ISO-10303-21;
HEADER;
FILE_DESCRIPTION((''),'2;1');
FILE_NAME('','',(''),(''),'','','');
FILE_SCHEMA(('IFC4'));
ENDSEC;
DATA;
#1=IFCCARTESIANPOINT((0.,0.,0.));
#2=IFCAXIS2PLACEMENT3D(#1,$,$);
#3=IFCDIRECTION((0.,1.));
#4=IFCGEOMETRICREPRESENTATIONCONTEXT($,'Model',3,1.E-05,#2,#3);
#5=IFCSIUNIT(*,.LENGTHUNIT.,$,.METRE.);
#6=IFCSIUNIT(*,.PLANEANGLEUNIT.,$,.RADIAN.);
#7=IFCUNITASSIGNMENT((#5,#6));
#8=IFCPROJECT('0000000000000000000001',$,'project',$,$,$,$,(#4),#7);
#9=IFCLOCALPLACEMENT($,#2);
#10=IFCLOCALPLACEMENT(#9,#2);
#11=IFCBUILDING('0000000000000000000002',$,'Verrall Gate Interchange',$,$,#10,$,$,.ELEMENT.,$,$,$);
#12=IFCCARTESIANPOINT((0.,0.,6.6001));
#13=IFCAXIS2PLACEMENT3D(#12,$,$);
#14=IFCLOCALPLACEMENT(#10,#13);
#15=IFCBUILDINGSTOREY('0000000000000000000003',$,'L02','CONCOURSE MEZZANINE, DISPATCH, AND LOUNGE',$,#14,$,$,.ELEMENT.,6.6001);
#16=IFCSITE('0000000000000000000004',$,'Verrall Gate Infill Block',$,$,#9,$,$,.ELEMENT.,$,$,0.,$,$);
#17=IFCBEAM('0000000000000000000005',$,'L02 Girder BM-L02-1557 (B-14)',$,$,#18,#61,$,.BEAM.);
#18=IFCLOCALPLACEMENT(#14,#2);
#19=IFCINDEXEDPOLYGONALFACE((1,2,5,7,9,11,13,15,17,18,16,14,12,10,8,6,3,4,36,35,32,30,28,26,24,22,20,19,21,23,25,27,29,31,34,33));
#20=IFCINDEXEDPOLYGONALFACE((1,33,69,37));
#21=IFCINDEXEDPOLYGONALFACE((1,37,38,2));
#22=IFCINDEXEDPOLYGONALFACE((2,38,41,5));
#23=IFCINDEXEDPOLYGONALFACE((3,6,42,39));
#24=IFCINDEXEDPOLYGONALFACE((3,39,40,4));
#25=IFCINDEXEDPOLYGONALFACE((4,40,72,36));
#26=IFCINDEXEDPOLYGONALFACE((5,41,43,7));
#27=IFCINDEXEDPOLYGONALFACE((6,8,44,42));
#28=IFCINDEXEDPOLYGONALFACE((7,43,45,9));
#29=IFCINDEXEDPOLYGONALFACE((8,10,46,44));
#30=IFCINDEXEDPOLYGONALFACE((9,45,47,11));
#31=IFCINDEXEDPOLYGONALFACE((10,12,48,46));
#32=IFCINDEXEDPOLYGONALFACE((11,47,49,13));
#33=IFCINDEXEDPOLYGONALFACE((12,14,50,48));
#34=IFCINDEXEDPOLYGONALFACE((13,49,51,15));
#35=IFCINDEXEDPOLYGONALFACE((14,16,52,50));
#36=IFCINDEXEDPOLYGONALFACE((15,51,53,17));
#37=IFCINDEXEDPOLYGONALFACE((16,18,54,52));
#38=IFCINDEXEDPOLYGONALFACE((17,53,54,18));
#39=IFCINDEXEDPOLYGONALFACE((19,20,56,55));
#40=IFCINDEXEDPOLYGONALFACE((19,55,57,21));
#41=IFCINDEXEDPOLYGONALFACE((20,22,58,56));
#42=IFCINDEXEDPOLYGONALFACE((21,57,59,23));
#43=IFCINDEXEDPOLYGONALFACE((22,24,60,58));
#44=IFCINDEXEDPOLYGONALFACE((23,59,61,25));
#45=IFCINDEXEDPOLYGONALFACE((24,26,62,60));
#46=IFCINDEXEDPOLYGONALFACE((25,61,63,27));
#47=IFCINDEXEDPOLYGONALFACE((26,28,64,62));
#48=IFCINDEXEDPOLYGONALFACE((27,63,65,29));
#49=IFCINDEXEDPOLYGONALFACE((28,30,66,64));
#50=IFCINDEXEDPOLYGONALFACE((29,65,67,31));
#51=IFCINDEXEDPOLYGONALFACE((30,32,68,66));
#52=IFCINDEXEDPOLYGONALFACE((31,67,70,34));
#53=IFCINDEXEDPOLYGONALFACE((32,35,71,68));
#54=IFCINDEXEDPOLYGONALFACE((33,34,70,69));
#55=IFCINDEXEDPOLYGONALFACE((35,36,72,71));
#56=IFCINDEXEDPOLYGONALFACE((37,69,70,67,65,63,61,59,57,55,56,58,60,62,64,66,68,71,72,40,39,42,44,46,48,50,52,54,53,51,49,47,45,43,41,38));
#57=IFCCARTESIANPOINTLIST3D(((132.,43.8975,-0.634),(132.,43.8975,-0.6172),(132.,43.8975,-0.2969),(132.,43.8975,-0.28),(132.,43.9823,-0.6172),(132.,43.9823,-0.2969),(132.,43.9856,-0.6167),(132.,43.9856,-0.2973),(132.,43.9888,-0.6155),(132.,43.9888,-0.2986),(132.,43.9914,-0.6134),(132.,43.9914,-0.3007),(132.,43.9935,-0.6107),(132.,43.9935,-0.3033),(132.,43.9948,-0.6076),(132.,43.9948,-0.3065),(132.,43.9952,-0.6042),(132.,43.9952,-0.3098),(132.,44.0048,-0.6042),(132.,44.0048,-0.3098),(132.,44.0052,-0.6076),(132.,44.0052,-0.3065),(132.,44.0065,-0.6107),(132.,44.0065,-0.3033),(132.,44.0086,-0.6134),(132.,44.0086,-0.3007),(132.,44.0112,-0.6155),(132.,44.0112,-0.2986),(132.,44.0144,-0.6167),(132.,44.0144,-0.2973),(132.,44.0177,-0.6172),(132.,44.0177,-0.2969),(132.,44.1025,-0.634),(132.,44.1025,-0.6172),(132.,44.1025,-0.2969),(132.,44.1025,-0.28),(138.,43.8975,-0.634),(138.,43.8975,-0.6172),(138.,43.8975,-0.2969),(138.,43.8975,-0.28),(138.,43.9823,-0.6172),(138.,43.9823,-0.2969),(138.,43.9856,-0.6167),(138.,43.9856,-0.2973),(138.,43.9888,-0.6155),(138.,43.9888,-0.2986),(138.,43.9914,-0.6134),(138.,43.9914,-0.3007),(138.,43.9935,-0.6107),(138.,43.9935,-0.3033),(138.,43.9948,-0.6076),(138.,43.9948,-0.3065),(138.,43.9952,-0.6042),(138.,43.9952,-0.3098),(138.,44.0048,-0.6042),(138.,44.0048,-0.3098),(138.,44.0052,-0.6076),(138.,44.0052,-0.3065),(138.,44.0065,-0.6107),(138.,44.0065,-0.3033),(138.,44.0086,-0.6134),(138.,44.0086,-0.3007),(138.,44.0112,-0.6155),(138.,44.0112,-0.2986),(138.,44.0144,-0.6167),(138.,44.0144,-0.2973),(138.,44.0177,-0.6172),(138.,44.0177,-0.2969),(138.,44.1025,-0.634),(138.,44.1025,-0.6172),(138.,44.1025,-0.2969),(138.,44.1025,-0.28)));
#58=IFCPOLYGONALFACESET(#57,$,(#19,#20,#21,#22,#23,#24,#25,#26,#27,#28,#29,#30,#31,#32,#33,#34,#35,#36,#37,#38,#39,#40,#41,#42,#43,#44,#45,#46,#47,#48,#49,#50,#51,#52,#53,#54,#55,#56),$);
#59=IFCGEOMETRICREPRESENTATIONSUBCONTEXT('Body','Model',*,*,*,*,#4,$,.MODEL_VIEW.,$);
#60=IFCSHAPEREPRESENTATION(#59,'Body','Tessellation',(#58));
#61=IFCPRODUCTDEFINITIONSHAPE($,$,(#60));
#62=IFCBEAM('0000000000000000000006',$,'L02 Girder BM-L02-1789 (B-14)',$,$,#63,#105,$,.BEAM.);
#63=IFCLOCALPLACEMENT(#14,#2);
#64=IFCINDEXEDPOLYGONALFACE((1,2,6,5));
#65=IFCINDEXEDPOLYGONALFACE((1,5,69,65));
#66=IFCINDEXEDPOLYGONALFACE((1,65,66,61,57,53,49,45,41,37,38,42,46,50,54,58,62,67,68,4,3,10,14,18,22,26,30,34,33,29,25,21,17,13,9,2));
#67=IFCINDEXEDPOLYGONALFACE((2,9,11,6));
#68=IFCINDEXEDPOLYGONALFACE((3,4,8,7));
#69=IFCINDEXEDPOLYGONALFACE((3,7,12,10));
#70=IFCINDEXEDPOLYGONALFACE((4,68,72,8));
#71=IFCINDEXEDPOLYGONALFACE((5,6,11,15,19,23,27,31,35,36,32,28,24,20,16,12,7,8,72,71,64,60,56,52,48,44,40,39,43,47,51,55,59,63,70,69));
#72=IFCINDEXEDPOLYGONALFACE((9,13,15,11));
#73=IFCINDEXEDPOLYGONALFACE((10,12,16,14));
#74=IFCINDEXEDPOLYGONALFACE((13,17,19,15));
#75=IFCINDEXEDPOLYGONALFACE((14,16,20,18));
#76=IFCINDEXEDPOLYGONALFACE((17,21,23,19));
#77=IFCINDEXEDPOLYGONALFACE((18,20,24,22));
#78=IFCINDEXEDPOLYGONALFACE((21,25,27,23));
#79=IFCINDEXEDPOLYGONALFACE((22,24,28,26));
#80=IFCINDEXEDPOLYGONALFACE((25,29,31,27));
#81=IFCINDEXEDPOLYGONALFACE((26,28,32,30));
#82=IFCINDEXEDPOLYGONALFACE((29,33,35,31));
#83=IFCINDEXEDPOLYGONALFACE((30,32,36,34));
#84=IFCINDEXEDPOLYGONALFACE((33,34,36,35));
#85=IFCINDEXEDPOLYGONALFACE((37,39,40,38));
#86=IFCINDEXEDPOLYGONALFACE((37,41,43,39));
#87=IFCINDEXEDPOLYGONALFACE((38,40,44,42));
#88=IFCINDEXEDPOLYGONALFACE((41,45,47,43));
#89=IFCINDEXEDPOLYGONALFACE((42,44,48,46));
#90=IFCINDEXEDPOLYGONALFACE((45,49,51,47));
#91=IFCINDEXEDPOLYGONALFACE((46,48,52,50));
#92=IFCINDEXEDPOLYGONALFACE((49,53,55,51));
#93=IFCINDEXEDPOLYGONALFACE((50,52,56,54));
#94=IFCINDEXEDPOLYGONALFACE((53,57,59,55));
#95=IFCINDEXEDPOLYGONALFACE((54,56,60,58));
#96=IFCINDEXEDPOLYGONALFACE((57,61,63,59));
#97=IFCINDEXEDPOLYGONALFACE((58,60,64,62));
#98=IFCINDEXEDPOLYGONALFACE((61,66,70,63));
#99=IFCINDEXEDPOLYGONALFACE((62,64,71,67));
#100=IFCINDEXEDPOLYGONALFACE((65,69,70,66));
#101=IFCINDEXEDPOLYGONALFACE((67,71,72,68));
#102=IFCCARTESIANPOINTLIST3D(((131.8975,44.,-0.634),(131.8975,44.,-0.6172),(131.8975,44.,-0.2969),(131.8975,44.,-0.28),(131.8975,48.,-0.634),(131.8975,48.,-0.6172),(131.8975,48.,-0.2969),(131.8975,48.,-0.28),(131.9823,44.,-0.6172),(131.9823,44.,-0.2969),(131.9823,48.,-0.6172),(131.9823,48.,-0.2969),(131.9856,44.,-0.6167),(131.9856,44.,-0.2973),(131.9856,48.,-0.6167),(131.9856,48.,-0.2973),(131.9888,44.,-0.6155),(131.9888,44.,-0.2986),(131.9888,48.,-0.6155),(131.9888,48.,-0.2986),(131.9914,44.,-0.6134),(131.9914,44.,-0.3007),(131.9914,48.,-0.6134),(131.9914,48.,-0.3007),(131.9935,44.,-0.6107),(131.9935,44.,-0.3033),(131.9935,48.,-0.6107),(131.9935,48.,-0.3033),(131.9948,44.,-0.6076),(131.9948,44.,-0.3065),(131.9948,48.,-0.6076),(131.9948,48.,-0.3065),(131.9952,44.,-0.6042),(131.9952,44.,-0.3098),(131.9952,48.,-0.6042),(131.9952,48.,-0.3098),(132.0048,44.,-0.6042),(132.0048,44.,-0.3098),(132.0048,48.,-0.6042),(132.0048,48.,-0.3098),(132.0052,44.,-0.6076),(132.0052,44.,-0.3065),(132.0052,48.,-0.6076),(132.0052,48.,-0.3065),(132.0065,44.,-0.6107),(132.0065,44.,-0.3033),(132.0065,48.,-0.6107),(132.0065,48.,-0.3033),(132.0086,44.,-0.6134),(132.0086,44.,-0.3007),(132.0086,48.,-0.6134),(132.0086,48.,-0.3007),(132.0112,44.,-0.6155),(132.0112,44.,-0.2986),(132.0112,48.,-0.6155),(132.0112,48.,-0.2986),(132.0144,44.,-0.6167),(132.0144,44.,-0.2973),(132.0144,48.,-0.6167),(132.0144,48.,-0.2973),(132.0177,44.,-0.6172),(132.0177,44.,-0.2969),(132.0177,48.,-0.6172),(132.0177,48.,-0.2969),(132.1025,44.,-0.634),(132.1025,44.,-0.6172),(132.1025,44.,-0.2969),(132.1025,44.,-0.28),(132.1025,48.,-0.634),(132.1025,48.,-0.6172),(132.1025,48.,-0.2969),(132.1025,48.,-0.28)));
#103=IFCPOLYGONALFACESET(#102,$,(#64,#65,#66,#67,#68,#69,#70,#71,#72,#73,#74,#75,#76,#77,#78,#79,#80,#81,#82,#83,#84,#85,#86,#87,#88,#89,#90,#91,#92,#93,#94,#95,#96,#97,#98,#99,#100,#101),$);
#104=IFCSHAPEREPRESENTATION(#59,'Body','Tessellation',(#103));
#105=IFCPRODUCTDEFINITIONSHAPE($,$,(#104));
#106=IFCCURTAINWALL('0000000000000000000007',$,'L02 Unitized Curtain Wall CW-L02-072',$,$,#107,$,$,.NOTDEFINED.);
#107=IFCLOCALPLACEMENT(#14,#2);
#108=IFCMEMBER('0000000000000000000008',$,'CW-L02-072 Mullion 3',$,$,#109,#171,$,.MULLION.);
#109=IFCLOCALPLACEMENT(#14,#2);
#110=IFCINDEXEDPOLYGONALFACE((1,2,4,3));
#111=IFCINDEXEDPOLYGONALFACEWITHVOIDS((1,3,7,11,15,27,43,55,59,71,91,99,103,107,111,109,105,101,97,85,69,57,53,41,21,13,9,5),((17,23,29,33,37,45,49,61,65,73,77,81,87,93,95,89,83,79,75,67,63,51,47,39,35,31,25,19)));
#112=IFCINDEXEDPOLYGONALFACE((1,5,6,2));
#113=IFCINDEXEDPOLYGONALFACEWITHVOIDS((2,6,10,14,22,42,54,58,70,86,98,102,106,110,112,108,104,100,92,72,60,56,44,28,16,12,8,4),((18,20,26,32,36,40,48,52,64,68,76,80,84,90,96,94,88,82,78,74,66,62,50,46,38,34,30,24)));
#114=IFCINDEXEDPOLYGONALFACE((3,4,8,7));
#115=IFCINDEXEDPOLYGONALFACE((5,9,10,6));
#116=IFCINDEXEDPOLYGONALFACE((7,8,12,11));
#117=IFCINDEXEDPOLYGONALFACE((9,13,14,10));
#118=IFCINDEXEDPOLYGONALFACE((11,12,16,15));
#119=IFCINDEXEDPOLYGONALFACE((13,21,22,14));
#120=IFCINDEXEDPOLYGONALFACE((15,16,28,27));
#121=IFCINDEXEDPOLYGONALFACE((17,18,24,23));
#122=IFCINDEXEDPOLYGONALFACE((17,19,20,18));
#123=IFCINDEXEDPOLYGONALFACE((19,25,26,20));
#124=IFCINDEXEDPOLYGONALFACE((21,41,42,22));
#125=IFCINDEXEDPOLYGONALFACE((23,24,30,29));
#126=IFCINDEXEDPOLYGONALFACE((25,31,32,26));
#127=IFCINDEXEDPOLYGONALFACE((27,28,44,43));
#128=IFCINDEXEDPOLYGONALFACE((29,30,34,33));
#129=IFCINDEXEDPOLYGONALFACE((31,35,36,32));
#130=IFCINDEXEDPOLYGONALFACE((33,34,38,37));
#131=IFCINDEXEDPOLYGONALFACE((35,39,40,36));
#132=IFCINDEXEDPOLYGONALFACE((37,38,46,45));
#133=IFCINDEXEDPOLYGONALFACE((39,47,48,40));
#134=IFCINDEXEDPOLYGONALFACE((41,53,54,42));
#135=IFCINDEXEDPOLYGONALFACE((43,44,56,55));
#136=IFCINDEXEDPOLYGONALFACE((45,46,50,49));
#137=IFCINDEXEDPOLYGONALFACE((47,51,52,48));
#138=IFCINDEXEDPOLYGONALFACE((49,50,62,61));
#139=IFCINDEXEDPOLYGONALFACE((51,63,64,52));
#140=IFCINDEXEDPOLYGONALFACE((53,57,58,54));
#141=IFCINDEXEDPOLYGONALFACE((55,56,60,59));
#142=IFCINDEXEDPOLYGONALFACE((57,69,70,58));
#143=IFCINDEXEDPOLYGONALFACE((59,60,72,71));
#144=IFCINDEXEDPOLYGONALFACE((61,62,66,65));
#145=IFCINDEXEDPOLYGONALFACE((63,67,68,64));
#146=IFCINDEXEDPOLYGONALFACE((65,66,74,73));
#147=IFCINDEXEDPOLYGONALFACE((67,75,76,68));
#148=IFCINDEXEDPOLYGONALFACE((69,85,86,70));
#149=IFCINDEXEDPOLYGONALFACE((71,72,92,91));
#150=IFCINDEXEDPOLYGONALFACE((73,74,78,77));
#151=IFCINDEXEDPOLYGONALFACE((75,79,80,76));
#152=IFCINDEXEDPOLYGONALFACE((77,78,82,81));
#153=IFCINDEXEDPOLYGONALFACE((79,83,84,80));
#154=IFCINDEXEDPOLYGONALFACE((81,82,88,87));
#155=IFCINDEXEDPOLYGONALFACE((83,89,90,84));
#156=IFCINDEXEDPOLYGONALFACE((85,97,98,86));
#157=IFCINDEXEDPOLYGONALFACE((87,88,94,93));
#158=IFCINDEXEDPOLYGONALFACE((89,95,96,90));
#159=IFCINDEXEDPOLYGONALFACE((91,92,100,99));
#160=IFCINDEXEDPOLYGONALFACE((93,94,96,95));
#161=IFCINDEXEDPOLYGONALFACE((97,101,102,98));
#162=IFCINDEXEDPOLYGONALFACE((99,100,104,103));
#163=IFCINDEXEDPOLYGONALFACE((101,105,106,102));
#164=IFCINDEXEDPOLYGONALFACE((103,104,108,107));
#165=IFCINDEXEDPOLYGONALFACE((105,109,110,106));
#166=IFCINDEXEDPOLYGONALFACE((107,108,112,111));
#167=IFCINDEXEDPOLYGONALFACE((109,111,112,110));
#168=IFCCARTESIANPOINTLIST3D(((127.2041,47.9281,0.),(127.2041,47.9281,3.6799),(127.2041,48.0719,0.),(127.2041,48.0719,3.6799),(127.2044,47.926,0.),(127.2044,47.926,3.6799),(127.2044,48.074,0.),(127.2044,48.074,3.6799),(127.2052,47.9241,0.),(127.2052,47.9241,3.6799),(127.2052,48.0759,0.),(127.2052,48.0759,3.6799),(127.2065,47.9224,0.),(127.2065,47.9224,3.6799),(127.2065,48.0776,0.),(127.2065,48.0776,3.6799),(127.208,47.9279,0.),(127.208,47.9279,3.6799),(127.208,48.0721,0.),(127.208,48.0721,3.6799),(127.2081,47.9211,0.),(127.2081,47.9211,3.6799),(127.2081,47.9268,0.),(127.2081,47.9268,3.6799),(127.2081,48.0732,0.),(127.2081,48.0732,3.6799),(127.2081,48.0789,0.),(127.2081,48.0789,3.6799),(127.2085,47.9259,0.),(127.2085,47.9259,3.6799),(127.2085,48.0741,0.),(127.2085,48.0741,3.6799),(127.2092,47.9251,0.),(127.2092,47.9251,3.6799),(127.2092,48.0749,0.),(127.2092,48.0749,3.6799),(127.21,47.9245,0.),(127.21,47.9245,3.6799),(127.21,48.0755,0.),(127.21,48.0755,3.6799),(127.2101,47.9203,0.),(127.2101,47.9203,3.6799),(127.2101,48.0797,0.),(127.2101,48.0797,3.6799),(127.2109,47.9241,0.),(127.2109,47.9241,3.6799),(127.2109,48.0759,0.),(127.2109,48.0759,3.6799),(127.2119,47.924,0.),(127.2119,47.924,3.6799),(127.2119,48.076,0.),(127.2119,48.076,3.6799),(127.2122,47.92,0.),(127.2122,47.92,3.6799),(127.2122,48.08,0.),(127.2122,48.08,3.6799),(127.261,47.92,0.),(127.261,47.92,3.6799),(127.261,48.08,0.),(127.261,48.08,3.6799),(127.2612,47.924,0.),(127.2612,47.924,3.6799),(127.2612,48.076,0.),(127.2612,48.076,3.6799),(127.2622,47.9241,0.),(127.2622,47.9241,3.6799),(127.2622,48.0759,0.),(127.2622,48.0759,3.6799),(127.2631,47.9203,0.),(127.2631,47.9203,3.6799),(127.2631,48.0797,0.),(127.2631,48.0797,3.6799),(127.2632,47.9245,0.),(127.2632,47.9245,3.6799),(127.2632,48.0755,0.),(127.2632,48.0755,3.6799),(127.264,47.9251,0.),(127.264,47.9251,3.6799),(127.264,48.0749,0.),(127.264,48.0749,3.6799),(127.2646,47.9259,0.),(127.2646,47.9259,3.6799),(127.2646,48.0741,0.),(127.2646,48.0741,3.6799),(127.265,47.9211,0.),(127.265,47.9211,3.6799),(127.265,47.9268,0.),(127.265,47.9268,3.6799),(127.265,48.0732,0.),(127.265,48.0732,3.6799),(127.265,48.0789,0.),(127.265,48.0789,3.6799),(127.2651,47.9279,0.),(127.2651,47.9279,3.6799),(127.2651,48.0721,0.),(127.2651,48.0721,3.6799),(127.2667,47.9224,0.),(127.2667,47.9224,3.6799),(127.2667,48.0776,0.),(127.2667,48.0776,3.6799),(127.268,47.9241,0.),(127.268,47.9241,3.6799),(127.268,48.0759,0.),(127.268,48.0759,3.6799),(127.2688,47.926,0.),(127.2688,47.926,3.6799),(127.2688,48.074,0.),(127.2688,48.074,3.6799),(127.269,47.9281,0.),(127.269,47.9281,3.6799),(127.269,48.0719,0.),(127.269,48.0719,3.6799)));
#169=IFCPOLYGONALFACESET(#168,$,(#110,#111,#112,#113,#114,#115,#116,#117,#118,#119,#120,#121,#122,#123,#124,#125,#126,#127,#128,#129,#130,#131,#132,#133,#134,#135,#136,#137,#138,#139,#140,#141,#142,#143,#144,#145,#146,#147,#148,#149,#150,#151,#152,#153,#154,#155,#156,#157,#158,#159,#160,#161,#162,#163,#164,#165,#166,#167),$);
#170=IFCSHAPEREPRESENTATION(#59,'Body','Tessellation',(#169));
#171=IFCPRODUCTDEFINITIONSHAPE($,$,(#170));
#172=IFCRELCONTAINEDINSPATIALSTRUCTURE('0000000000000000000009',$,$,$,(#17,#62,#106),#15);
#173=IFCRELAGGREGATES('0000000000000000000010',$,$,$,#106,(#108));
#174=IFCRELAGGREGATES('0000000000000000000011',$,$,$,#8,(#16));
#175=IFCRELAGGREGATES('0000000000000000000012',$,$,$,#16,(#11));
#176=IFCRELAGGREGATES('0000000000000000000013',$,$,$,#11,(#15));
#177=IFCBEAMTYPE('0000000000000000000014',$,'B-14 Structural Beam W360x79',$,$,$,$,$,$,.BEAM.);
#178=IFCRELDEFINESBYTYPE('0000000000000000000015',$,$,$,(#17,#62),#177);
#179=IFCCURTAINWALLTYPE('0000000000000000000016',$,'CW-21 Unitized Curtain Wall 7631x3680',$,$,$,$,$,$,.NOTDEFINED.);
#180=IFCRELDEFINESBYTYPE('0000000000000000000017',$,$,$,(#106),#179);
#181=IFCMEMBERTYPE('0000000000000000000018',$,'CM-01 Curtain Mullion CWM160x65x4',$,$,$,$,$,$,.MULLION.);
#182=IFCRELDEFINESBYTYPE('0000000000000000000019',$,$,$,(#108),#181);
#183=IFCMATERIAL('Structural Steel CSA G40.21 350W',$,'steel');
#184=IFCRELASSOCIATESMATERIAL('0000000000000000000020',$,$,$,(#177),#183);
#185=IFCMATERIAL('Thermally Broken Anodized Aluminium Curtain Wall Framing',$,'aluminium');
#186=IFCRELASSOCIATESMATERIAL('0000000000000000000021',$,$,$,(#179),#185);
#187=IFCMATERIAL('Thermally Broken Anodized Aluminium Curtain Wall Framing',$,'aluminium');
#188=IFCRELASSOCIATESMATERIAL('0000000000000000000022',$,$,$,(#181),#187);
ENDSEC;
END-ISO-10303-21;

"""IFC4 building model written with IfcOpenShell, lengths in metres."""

from ifc_helpers import new_model, si_unit, direction, frame, origin, origin_2d, place, context, subcontext, project, spatial, hollow_rectangle, i_section, extrude, material, material_profile, profile_set, type_object, element, aggregate, save


model = new_model("IFC4")

# Units and contexts
model_context = context("Model", 3, precision=1e-05, world=origin(), true_north=direction((0.0, 1.0)))
body_context = subcontext(model_context, "Body", "Model", "MODEL_VIEW")
ifc_project = project(units=[si_unit("LENGTHUNIT", "METRE"), si_unit("PLANEANGLEUNIT", "RADIAN")], contexts=[model_context])

# Site, building, storey
site_placement = place(None, origin())
site = spatial("IfcSite", under=ifc_project, at=site_placement, Name="Verrall Gate Infill Block", CompositionType="ELEMENT", RefElevation=0.0)
building_placement = place(site_placement, origin())
building = spatial("IfcBuilding", under=site, at=building_placement, Name="Verrall Gate Interchange", CompositionType="ELEMENT")
storey_placement = place(building_placement, frame((0.0, 0.0, 6.6001)))
storey = spatial("IfcBuildingStorey", under=building, at=storey_placement, Name="L02", Description="CONCOURSE MEZZANINE, DISPATCH, AND LOUNGE", CompositionType="ELEMENT", Elevation=6.6001)

# Beams
ifc_material_1 = material(Name="Structural Steel CSA G40.21 350W", Category="steel")
ifc_material_profile_1 = material_profile(ifc_material_1, i_section(OverallWidth=0.2051, OverallDepth=0.354, WebThickness=0.0095, FlangeThickness=0.0168, FilletRadius=0.0129, at=origin_2d()), Name="W360x79")
ifc_profile_set_1 = profile_set([ifc_material_profile_1], Name="Structural Steel CSA G40.21 350W")
beam_type_1 = type_object("IfcBeamType", Name="B-14 Structural Beam W360x79", PredefinedType="BEAM", material=ifc_profile_set_1)
beam_1_placement = place(storey_placement, frame((132.0, 44.0, -0.457), z_axis=(1.0, 0.0, 0.0), x_axis=(0.0, 1.0, 0.0)))
element("IfcBeam", 1, at=beam_1_placement, inside=storey, type_object=beam_type_1, Name="L02 Girder BM-L02-1557 (B-14)", PredefinedType="BEAM", context=body_context, shape_type="SweptSolid", body=[
    extrude(i_section(OverallWidth=0.2051, OverallDepth=0.354, WebThickness=0.0095, FlangeThickness=0.0168, FilletRadius=0.0129, at=origin_2d()), origin(), (0.0, 0.0, 1.0), 6.0),
])
beam_2_placement = place(storey_placement, frame((132.0, 44.0, -0.457), z_axis=(0.0, 1.0, 0.0), x_axis=(-1.0, 0.0, 0.0)))
element("IfcBeam", 2, at=beam_2_placement, inside=storey, type_object=beam_type_1, Name="L02 Girder BM-L02-1789 (B-14)", PredefinedType="BEAM", context=body_context, shape_type="SweptSolid", body=[
    extrude(i_section(OverallWidth=0.2051, OverallDepth=0.354, WebThickness=0.0095, FlangeThickness=0.0168, FilletRadius=0.0129, at=origin_2d()), origin(), (0.0, 0.0, 1.0), 4.0),
])

# Curtain wall, member
ifc_material_2 = material(Name="Thermally Broken Anodized Aluminium Curtain Wall Framing", Category="aluminium")
curtain_wall_type = type_object("IfcCurtainWallType", Name="CW-21 Unitized Curtain Wall 7631x3680", PredefinedType="NOTDEFINED", material=ifc_material_2)
curtain_wall_1_placement = place(storey_placement, origin())
curtain_wall_1 = element("IfcCurtainWall", 3, at=curtain_wall_1_placement, inside=storey, type_object=curtain_wall_type, Name="L02 Unitized Curtain Wall CW-L02-072", PredefinedType="NOTDEFINED")
ifc_material_3 = material(Name="Thermally Broken Anodized Aluminium Curtain Wall Framing", Category="aluminium")
ifc_material_profile_2 = material_profile(ifc_material_3, hollow_rectangle(XDim=0.0649, YDim=0.1599, WallThickness=0.0039, InnerFilletRadius=0.0039, OuterFilletRadius=0.0081, at=origin_2d()), Name="CWM160x65x4")
ifc_profile_set_2 = profile_set([ifc_material_profile_2], Name="Thermally Broken Anodized Aluminium Curtain Wall Framing")
member_type_1 = type_object("IfcMemberType", Name="CM-01 Curtain Mullion CWM160x65x4", PredefinedType="MULLION", material=ifc_profile_set_2)
member_1_placement = place(storey_placement, frame((127.2366, 48.0, 0.0), z_axis=(0.0, 0.0, 1.0), x_axis=(1.0, 0.0, 0.0)))
member_1 = element("IfcMember", 4, at=member_1_placement, type_object=member_type_1, Name="CW-L02-072 Mullion 3", PredefinedType="MULLION", context=body_context, shape_type="SweptSolid", body=[
    extrude(hollow_rectangle(XDim=0.0649, YDim=0.1599, WallThickness=0.0039, InnerFilletRadius=0.0039, OuterFilletRadius=0.0081, at=origin_2d()), origin(), (0.0, 0.0, 1.0), 3.6799),
])

aggregate(curtain_wall_1, [member_1])

save(model, "model.ifc")
